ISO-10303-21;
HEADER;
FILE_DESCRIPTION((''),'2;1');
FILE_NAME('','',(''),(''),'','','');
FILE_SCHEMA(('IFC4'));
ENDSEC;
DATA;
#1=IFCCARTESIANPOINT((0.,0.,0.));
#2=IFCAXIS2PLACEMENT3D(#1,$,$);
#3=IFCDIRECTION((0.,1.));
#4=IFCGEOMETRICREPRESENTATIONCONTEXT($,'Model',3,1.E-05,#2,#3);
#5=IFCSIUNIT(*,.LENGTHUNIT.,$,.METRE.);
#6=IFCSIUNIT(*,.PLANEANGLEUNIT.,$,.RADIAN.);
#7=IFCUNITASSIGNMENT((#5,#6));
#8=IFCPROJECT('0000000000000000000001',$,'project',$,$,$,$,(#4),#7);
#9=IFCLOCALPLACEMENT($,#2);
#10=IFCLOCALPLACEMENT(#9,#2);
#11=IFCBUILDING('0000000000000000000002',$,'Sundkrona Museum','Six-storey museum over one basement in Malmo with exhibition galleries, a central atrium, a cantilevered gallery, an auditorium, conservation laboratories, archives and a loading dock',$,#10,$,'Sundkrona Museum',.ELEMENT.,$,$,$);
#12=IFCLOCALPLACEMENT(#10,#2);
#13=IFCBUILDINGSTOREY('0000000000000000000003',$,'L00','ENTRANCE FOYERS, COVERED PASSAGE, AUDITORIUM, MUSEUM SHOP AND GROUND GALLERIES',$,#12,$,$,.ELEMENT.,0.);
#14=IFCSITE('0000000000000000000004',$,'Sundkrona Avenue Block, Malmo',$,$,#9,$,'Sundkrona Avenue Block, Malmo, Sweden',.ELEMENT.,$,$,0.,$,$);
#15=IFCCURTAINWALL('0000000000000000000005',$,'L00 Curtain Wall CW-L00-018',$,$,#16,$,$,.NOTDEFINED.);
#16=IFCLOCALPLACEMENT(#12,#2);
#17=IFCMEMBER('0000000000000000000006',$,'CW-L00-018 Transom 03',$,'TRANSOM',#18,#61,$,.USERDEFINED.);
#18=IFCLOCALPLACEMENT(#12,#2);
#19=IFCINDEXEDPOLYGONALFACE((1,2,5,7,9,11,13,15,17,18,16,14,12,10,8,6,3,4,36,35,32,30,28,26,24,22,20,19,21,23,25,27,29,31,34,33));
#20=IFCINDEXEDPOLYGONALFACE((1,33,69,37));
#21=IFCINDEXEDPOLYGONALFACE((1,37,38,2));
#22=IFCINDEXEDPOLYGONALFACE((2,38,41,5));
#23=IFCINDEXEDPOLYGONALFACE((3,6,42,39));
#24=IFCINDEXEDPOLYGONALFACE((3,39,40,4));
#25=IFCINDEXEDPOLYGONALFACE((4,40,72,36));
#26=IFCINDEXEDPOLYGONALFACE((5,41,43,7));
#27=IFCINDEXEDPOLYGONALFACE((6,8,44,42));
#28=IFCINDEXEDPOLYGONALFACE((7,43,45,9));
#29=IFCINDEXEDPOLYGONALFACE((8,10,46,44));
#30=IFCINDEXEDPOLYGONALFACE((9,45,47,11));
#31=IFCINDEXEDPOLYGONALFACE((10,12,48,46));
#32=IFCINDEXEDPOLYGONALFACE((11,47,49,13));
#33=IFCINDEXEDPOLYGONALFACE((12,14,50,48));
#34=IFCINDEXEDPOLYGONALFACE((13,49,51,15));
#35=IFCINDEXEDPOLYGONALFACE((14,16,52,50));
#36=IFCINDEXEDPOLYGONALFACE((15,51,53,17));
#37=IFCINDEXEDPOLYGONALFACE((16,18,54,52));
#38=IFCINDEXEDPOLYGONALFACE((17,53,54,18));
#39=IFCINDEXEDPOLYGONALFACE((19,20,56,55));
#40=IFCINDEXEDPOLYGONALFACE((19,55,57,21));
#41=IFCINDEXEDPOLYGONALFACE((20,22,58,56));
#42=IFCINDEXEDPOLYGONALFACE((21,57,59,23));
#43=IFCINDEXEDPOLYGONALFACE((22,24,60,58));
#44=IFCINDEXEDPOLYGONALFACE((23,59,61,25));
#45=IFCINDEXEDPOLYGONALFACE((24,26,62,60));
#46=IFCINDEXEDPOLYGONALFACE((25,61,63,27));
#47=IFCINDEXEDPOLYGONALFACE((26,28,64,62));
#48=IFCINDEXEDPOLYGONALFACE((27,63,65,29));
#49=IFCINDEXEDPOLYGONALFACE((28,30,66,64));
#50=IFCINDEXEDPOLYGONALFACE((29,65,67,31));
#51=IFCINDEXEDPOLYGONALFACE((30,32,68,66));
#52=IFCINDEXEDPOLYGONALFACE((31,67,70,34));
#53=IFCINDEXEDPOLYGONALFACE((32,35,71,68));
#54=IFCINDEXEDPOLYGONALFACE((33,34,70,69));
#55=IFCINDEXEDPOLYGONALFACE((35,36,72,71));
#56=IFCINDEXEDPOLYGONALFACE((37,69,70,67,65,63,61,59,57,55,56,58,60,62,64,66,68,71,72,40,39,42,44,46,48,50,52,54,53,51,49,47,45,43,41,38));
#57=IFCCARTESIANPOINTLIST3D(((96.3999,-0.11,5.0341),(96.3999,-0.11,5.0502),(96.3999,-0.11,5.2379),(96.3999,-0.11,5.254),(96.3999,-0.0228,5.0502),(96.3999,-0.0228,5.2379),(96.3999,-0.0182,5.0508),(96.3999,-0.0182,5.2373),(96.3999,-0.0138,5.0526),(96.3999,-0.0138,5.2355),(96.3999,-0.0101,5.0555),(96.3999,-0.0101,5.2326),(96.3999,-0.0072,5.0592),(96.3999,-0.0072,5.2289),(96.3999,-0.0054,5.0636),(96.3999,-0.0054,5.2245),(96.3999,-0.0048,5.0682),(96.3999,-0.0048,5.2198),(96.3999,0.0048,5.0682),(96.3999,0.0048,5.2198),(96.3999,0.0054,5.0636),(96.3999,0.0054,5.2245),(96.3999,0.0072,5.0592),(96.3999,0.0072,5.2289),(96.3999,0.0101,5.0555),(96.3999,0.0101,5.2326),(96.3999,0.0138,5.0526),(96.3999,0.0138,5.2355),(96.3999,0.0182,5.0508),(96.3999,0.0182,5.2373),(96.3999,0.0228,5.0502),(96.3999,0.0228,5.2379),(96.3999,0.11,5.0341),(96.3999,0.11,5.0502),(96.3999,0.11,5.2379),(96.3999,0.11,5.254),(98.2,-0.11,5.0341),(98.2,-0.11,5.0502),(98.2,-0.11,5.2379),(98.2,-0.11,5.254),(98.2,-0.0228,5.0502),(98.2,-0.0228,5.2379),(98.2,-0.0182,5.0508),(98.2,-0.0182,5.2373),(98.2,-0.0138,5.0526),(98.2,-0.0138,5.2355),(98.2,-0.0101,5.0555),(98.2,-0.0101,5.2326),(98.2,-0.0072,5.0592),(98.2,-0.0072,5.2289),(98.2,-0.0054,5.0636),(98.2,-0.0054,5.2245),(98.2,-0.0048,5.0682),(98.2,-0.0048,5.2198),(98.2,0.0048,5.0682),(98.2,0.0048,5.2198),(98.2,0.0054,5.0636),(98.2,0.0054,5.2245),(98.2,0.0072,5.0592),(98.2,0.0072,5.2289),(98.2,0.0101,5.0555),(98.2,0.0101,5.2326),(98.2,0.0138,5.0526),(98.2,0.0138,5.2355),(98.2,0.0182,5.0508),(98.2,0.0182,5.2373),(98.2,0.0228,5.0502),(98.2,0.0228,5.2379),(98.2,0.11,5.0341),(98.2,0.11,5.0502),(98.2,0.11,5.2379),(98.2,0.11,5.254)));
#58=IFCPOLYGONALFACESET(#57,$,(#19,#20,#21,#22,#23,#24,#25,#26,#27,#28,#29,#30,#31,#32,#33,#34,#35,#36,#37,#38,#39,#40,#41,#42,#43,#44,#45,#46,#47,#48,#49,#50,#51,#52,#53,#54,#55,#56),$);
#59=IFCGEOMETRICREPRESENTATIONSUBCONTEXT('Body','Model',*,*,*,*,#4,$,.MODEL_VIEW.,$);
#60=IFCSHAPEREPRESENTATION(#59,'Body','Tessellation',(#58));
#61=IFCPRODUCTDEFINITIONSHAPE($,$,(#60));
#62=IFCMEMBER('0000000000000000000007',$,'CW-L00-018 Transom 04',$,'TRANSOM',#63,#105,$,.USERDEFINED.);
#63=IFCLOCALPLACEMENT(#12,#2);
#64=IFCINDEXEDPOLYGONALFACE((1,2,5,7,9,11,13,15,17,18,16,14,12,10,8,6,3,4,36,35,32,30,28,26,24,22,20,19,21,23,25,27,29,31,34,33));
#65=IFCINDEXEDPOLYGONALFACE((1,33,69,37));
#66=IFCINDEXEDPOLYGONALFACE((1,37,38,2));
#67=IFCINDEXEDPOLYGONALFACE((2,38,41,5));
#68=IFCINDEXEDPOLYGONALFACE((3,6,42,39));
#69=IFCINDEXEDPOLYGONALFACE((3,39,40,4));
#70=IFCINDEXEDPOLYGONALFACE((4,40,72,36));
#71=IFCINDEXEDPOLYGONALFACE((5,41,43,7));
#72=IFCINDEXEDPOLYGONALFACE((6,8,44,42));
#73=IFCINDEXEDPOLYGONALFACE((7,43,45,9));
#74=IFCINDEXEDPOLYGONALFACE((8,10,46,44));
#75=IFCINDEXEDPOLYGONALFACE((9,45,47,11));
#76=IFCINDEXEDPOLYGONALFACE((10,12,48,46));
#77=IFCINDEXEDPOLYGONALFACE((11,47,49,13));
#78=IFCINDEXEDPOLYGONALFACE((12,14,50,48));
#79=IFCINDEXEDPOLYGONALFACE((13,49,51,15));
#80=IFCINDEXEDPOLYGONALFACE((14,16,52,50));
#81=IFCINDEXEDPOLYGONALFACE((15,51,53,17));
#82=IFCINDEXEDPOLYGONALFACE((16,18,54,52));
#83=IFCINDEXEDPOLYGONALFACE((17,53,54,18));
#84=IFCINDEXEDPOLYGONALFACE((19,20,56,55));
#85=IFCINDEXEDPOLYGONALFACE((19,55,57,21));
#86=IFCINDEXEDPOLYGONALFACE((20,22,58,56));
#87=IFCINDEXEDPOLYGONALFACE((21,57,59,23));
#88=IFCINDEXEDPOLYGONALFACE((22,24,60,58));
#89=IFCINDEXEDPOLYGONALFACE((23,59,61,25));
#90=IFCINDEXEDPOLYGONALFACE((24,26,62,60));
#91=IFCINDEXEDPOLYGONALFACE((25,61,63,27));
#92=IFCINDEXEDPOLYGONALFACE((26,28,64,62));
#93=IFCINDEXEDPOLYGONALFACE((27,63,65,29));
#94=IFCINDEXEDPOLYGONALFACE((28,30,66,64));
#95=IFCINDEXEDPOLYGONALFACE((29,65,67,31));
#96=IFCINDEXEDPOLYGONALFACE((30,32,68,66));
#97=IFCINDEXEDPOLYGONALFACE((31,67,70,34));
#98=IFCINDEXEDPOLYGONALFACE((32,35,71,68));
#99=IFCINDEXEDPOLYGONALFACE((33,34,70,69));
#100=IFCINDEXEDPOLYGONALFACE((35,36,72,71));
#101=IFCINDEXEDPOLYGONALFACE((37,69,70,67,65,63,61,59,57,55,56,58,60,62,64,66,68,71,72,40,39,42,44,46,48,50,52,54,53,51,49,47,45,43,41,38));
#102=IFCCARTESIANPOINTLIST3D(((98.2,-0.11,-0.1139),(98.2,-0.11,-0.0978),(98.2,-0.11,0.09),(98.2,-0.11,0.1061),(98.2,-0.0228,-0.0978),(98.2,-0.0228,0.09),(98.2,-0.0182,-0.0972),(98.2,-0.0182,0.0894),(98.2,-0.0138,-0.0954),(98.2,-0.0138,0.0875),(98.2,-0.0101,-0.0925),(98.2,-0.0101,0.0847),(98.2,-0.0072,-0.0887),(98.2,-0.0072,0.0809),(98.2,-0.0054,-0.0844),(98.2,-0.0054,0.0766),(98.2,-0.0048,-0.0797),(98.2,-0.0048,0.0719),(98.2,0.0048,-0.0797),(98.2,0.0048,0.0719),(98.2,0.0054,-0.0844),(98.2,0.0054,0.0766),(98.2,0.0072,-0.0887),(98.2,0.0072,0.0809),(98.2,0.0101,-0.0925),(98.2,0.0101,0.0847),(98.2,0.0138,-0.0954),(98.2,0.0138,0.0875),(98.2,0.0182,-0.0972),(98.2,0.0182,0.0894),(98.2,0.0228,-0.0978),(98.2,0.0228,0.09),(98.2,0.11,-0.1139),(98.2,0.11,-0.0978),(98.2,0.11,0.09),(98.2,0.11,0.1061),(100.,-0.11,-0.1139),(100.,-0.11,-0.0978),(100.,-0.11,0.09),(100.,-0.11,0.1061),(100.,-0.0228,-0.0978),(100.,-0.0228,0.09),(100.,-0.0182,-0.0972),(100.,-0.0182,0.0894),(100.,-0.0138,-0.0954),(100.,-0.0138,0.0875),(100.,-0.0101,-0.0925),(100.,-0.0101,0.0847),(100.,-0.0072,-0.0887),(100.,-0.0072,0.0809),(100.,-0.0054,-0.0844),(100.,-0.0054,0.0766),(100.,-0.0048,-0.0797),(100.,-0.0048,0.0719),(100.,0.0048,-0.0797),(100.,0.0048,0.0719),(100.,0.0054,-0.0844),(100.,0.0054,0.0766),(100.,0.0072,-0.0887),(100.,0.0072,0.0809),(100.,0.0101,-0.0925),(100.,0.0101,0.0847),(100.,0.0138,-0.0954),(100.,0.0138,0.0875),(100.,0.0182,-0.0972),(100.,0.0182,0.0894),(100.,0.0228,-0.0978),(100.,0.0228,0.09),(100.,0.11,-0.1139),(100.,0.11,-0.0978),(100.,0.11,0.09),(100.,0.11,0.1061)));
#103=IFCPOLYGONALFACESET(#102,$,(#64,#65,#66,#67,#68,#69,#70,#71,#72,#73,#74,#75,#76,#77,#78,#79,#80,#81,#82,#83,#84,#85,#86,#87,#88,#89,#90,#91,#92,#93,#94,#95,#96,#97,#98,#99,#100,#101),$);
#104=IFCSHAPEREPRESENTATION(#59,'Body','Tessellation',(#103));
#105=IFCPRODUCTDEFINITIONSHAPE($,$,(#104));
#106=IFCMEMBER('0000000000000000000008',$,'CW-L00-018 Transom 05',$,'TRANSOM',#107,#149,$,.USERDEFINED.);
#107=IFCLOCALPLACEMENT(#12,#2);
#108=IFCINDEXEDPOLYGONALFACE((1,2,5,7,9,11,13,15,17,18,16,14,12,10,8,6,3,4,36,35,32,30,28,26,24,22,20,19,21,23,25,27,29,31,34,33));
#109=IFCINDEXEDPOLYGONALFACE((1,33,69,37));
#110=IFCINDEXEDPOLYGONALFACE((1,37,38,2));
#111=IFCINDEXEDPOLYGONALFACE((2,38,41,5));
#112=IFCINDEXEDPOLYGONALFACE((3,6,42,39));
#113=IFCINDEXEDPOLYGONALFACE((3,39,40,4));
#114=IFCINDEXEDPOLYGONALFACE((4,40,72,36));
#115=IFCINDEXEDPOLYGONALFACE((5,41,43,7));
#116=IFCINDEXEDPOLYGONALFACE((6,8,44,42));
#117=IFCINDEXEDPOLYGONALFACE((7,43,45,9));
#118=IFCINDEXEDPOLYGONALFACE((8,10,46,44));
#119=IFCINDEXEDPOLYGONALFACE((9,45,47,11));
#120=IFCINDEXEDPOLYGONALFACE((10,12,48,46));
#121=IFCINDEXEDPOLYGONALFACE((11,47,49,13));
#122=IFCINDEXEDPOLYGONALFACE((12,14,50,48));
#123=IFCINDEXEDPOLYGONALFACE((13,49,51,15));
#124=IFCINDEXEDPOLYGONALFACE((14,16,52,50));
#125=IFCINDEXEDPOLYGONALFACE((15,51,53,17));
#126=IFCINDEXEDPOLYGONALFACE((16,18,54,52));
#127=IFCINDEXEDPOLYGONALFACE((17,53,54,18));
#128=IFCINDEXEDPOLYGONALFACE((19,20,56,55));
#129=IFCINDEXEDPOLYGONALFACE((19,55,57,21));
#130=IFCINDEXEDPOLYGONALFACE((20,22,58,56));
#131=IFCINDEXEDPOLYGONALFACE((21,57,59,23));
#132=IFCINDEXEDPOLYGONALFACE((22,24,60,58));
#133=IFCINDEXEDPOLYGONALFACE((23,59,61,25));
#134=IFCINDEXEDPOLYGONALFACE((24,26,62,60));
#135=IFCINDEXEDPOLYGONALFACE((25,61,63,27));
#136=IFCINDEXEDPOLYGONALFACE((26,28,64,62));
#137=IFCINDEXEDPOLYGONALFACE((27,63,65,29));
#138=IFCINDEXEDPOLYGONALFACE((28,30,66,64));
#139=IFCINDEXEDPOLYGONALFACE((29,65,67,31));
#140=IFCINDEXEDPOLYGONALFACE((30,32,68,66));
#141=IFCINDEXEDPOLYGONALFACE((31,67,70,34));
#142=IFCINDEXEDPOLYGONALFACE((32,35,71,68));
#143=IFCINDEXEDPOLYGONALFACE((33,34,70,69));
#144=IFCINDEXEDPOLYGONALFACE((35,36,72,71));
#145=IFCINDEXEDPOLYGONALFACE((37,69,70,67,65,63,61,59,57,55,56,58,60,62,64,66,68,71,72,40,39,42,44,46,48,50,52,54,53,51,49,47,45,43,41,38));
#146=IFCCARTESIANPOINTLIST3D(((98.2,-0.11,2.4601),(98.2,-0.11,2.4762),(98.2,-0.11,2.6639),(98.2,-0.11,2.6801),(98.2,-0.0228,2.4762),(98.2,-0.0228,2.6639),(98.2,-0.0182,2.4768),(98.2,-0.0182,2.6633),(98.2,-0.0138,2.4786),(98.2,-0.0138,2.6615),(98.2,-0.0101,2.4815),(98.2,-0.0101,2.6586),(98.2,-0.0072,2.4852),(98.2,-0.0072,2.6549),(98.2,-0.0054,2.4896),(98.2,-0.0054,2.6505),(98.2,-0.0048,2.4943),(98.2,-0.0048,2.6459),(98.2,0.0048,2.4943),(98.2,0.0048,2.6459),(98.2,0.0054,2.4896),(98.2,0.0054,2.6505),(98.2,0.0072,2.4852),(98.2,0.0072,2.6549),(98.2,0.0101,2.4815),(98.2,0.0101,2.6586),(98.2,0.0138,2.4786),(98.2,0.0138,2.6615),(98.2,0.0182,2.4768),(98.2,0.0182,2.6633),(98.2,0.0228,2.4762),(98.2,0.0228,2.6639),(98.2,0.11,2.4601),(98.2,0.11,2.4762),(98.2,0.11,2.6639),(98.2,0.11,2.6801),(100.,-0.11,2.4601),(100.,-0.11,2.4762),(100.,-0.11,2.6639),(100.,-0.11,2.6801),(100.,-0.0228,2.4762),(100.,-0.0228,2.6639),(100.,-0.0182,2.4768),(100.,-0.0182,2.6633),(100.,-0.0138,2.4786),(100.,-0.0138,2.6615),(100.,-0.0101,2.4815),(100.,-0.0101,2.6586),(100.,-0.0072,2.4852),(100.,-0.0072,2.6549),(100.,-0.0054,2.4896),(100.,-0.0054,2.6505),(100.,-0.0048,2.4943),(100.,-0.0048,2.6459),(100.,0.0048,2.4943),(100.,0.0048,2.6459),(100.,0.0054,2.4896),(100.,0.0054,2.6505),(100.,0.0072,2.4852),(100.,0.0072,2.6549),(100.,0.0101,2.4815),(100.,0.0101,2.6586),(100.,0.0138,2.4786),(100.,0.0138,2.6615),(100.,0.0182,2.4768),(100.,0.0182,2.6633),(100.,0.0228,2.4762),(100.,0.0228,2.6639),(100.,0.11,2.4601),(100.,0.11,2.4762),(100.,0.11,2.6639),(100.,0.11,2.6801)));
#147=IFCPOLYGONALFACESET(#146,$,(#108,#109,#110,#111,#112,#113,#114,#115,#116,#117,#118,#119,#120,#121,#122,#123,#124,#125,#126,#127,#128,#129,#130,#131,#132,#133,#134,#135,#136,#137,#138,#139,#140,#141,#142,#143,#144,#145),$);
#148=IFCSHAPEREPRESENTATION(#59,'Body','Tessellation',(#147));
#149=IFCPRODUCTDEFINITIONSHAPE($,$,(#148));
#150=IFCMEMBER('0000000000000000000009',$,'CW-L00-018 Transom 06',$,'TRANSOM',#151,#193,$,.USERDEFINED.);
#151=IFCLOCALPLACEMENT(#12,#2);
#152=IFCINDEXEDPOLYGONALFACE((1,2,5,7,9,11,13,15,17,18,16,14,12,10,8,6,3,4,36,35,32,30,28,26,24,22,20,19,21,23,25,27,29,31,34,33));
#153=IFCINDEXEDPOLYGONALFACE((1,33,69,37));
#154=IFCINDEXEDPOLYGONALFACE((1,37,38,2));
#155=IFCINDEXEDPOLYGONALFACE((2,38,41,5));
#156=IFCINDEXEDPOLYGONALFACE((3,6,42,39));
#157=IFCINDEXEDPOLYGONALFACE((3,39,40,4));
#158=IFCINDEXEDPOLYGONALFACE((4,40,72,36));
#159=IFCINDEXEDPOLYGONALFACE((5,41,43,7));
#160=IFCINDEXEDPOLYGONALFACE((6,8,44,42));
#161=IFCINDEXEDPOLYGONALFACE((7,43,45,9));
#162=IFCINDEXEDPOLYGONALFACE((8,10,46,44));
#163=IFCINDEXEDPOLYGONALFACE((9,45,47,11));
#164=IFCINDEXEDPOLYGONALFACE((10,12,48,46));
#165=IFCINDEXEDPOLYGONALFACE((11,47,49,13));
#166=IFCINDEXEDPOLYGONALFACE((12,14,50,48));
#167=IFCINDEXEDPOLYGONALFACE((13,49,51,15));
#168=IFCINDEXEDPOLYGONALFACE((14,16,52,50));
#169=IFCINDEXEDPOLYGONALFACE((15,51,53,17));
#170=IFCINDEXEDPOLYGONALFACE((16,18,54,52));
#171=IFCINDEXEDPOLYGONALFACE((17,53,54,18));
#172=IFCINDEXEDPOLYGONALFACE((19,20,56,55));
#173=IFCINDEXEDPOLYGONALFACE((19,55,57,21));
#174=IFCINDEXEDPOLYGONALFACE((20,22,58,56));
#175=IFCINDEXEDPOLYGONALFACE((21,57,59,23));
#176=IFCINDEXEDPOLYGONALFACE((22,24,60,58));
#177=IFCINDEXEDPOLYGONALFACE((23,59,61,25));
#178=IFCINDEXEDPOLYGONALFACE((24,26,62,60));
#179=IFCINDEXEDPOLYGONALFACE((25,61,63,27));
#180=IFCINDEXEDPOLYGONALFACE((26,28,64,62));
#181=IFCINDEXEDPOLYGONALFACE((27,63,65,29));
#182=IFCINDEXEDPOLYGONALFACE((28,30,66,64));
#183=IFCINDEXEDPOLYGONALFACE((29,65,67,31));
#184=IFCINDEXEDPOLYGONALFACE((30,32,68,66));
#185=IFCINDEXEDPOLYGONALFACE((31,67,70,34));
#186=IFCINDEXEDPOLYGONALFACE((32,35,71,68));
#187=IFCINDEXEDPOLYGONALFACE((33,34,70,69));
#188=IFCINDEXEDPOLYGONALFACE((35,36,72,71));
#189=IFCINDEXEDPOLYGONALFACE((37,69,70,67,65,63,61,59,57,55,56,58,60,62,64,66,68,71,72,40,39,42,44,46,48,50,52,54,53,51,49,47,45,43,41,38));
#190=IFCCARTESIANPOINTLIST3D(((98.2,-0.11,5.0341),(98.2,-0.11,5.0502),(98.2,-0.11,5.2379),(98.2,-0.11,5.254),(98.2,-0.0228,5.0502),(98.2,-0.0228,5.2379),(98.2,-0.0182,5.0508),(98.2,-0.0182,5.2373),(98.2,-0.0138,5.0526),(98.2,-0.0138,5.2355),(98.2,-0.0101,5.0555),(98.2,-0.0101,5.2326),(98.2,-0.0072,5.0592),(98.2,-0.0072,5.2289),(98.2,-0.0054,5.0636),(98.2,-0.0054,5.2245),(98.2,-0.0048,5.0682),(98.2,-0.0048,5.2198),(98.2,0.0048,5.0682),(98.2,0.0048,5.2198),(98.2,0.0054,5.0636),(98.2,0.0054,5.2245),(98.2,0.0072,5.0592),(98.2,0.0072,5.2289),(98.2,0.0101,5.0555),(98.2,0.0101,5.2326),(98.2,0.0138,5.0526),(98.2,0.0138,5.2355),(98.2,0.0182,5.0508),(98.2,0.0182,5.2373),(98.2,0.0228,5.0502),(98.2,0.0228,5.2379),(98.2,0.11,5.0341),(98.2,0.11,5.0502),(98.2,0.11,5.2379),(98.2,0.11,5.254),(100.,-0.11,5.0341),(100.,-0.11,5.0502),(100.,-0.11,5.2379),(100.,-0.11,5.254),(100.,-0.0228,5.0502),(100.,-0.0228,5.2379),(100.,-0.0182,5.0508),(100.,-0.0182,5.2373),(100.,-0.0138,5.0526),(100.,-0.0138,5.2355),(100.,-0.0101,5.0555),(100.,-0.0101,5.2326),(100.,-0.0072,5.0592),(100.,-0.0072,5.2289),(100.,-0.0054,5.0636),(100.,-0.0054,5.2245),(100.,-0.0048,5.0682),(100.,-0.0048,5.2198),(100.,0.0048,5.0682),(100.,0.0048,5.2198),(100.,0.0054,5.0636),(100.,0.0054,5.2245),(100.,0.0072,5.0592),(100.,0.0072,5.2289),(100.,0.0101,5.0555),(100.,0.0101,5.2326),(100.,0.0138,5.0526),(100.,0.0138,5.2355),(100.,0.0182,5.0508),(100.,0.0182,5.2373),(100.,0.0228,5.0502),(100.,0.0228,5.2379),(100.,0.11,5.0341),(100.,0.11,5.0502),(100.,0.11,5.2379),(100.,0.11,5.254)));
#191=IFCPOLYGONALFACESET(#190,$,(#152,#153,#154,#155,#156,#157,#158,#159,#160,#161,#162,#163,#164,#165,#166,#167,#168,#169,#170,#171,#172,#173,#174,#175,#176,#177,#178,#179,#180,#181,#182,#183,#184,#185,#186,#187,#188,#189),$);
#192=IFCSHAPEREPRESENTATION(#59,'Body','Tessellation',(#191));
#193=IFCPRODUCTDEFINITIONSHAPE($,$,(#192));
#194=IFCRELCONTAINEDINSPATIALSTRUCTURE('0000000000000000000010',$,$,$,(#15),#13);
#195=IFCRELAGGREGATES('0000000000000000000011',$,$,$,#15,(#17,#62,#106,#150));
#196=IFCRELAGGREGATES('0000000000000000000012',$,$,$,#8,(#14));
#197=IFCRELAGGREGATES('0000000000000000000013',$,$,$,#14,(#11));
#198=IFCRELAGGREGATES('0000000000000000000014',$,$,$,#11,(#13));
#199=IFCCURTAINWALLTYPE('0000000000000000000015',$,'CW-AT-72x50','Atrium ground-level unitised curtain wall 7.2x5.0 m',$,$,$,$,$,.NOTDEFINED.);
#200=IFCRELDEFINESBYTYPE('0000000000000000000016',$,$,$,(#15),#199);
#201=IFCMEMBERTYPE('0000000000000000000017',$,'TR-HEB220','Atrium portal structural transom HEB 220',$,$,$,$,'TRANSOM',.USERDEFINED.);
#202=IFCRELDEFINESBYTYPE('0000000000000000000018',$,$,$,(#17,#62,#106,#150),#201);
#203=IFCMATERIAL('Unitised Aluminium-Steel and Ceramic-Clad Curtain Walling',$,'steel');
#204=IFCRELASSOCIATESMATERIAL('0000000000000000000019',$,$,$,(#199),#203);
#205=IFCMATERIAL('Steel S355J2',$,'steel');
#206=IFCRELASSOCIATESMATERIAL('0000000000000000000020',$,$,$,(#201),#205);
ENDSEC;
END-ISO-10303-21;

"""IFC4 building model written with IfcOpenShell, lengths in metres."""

from ifc_helpers import new_model, si_unit, direction, frame, origin, origin_2d, place, context, subcontext, project, spatial, i_section, extrude, material, material_profile, profile_set, type_object, element, aggregate, save


model = new_model("IFC4")

# Units and contexts
model_context = context("Model", 3, precision=1e-05, world=origin(), true_north=direction((0.0, 1.0)))
body_context = subcontext(model_context, "Body", "Model", "MODEL_VIEW")
ifc_project = project(units=[si_unit("LENGTHUNIT", "METRE"), si_unit("PLANEANGLEUNIT", "RADIAN")], contexts=[model_context])

# Site, building, storey
site_placement = place(None, origin())
site = spatial("IfcSite", under=ifc_project, at=site_placement, Name="Sundkrona Avenue Block, Malmo", LongName="Sundkrona Avenue Block, Malmo, Sweden", CompositionType="ELEMENT", RefElevation=0.0)
building_placement = place(site_placement, origin())
building = spatial("IfcBuilding", under=site, at=building_placement, Name="Sundkrona Museum", Description="Six-storey museum over one basement in Malmo with exhibition galleries, a central atrium, a cantilevered gallery, an auditorium, conservation laboratories, archives and a loading dock", LongName="Sundkrona Museum", CompositionType="ELEMENT")
storey_placement = place(building_placement, origin())
storey = spatial("IfcBuildingStorey", under=building, at=storey_placement, Name="L00", Description="ENTRANCE FOYERS, COVERED PASSAGE, AUDITORIUM, MUSEUM SHOP AND GROUND GALLERIES", CompositionType="ELEMENT", Elevation=0.0)

# Curtain wall, members
ifc_material_1 = material(Name="Unitised Aluminium-Steel and Ceramic-Clad Curtain Walling", Category="steel")
curtain_wall_type = type_object("IfcCurtainWallType", Name="CW-AT-72x50", Description="Atrium ground-level unitised curtain wall 7.2x5.0 m", PredefinedType="NOTDEFINED", material=ifc_material_1)
curtain_wall_placement = place(storey_placement, origin())
curtain_wall = element("IfcCurtainWall", 1, at=curtain_wall_placement, inside=storey, type_object=curtain_wall_type, Name="L00 Curtain Wall CW-L00-018", PredefinedType="NOTDEFINED")
ifc_material_2 = material(Name="Steel S355J2", Category="steel")
ifc_material_profile_1 = material_profile(ifc_material_2, i_section(OverallWidth=0.22, OverallDepth=0.22, WebThickness=0.0095, FlangeThickness=0.0161, FilletRadius=0.0181, at=origin_2d()), Name="HEB 220")
ifc_profile_set_1 = profile_set([ifc_material_profile_1], Name="Steel S355J2")
member_type_1 = type_object("IfcMemberType", Name="TR-HEB220", Description="Atrium portal structural transom HEB 220", ElementType="TRANSOM", PredefinedType="USERDEFINED", material=ifc_profile_set_1)
member_1_placement = place(storey_placement, frame((96.3999, 0.0, 5.144), z_axis=(1.0, 0.0, 0.0), x_axis=(0.0, 1.0, 0.0)))
member_1 = element("IfcMember", 2, at=member_1_placement, type_object=member_type_1, Name="CW-L00-018 Transom 03", ObjectType="TRANSOM", PredefinedType="USERDEFINED", context=body_context, shape_type="SweptSolid", body=[
    extrude(i_section(OverallWidth=0.22, OverallDepth=0.22, WebThickness=0.0095, FlangeThickness=0.0161, FilletRadius=0.0181, at=origin_2d()), origin(), (0.0, 0.0, 1.0), 1.8),
])
member_2_placement = place(storey_placement, frame((98.2, 0.0, -0.0039), z_axis=(1.0, 0.0, 0.0), x_axis=(0.0, 1.0, 0.0)))
member_2 = element("IfcMember", 3, at=member_2_placement, type_object=member_type_1, Name="CW-L00-018 Transom 04", ObjectType="TRANSOM", PredefinedType="USERDEFINED", context=body_context, shape_type="SweptSolid", body=[
    extrude(i_section(OverallWidth=0.22, OverallDepth=0.22, WebThickness=0.0095, FlangeThickness=0.0161, FilletRadius=0.0181, at=origin_2d()), origin(), (0.0, 0.0, 1.0), 1.8),
])
member_3_placement = place(storey_placement, frame((98.2, 0.0, 2.5701), z_axis=(1.0, 0.0, 0.0), x_axis=(0.0, 1.0, 0.0)))
member_3 = element("IfcMember", 4, at=member_3_placement, type_object=member_type_1, Name="CW-L00-018 Transom 05", ObjectType="TRANSOM", PredefinedType="USERDEFINED", context=body_context, shape_type="SweptSolid", body=[
    extrude(i_section(OverallWidth=0.22, OverallDepth=0.22, WebThickness=0.0095, FlangeThickness=0.0161, FilletRadius=0.0181, at=origin_2d()), origin(), (0.0, 0.0, 1.0), 1.8),
])
member_4_placement = place(storey_placement, frame((98.2, 0.0, 5.144), z_axis=(1.0, 0.0, 0.0), x_axis=(0.0, 1.0, 0.0)))
member_4 = element("IfcMember", 5, at=member_4_placement, type_object=member_type_1, Name="CW-L00-018 Transom 06", ObjectType="TRANSOM", PredefinedType="USERDEFINED", context=body_context, shape_type="SweptSolid", body=[
    extrude(i_section(OverallWidth=0.22, OverallDepth=0.22, WebThickness=0.0095, FlangeThickness=0.0161, FilletRadius=0.0181, at=origin_2d()), origin(), (0.0, 0.0, 1.0), 1.8),
])
aggregate(curtain_wall, [member_1, member_2, member_3, member_4])

save(model, "model.ifc")
